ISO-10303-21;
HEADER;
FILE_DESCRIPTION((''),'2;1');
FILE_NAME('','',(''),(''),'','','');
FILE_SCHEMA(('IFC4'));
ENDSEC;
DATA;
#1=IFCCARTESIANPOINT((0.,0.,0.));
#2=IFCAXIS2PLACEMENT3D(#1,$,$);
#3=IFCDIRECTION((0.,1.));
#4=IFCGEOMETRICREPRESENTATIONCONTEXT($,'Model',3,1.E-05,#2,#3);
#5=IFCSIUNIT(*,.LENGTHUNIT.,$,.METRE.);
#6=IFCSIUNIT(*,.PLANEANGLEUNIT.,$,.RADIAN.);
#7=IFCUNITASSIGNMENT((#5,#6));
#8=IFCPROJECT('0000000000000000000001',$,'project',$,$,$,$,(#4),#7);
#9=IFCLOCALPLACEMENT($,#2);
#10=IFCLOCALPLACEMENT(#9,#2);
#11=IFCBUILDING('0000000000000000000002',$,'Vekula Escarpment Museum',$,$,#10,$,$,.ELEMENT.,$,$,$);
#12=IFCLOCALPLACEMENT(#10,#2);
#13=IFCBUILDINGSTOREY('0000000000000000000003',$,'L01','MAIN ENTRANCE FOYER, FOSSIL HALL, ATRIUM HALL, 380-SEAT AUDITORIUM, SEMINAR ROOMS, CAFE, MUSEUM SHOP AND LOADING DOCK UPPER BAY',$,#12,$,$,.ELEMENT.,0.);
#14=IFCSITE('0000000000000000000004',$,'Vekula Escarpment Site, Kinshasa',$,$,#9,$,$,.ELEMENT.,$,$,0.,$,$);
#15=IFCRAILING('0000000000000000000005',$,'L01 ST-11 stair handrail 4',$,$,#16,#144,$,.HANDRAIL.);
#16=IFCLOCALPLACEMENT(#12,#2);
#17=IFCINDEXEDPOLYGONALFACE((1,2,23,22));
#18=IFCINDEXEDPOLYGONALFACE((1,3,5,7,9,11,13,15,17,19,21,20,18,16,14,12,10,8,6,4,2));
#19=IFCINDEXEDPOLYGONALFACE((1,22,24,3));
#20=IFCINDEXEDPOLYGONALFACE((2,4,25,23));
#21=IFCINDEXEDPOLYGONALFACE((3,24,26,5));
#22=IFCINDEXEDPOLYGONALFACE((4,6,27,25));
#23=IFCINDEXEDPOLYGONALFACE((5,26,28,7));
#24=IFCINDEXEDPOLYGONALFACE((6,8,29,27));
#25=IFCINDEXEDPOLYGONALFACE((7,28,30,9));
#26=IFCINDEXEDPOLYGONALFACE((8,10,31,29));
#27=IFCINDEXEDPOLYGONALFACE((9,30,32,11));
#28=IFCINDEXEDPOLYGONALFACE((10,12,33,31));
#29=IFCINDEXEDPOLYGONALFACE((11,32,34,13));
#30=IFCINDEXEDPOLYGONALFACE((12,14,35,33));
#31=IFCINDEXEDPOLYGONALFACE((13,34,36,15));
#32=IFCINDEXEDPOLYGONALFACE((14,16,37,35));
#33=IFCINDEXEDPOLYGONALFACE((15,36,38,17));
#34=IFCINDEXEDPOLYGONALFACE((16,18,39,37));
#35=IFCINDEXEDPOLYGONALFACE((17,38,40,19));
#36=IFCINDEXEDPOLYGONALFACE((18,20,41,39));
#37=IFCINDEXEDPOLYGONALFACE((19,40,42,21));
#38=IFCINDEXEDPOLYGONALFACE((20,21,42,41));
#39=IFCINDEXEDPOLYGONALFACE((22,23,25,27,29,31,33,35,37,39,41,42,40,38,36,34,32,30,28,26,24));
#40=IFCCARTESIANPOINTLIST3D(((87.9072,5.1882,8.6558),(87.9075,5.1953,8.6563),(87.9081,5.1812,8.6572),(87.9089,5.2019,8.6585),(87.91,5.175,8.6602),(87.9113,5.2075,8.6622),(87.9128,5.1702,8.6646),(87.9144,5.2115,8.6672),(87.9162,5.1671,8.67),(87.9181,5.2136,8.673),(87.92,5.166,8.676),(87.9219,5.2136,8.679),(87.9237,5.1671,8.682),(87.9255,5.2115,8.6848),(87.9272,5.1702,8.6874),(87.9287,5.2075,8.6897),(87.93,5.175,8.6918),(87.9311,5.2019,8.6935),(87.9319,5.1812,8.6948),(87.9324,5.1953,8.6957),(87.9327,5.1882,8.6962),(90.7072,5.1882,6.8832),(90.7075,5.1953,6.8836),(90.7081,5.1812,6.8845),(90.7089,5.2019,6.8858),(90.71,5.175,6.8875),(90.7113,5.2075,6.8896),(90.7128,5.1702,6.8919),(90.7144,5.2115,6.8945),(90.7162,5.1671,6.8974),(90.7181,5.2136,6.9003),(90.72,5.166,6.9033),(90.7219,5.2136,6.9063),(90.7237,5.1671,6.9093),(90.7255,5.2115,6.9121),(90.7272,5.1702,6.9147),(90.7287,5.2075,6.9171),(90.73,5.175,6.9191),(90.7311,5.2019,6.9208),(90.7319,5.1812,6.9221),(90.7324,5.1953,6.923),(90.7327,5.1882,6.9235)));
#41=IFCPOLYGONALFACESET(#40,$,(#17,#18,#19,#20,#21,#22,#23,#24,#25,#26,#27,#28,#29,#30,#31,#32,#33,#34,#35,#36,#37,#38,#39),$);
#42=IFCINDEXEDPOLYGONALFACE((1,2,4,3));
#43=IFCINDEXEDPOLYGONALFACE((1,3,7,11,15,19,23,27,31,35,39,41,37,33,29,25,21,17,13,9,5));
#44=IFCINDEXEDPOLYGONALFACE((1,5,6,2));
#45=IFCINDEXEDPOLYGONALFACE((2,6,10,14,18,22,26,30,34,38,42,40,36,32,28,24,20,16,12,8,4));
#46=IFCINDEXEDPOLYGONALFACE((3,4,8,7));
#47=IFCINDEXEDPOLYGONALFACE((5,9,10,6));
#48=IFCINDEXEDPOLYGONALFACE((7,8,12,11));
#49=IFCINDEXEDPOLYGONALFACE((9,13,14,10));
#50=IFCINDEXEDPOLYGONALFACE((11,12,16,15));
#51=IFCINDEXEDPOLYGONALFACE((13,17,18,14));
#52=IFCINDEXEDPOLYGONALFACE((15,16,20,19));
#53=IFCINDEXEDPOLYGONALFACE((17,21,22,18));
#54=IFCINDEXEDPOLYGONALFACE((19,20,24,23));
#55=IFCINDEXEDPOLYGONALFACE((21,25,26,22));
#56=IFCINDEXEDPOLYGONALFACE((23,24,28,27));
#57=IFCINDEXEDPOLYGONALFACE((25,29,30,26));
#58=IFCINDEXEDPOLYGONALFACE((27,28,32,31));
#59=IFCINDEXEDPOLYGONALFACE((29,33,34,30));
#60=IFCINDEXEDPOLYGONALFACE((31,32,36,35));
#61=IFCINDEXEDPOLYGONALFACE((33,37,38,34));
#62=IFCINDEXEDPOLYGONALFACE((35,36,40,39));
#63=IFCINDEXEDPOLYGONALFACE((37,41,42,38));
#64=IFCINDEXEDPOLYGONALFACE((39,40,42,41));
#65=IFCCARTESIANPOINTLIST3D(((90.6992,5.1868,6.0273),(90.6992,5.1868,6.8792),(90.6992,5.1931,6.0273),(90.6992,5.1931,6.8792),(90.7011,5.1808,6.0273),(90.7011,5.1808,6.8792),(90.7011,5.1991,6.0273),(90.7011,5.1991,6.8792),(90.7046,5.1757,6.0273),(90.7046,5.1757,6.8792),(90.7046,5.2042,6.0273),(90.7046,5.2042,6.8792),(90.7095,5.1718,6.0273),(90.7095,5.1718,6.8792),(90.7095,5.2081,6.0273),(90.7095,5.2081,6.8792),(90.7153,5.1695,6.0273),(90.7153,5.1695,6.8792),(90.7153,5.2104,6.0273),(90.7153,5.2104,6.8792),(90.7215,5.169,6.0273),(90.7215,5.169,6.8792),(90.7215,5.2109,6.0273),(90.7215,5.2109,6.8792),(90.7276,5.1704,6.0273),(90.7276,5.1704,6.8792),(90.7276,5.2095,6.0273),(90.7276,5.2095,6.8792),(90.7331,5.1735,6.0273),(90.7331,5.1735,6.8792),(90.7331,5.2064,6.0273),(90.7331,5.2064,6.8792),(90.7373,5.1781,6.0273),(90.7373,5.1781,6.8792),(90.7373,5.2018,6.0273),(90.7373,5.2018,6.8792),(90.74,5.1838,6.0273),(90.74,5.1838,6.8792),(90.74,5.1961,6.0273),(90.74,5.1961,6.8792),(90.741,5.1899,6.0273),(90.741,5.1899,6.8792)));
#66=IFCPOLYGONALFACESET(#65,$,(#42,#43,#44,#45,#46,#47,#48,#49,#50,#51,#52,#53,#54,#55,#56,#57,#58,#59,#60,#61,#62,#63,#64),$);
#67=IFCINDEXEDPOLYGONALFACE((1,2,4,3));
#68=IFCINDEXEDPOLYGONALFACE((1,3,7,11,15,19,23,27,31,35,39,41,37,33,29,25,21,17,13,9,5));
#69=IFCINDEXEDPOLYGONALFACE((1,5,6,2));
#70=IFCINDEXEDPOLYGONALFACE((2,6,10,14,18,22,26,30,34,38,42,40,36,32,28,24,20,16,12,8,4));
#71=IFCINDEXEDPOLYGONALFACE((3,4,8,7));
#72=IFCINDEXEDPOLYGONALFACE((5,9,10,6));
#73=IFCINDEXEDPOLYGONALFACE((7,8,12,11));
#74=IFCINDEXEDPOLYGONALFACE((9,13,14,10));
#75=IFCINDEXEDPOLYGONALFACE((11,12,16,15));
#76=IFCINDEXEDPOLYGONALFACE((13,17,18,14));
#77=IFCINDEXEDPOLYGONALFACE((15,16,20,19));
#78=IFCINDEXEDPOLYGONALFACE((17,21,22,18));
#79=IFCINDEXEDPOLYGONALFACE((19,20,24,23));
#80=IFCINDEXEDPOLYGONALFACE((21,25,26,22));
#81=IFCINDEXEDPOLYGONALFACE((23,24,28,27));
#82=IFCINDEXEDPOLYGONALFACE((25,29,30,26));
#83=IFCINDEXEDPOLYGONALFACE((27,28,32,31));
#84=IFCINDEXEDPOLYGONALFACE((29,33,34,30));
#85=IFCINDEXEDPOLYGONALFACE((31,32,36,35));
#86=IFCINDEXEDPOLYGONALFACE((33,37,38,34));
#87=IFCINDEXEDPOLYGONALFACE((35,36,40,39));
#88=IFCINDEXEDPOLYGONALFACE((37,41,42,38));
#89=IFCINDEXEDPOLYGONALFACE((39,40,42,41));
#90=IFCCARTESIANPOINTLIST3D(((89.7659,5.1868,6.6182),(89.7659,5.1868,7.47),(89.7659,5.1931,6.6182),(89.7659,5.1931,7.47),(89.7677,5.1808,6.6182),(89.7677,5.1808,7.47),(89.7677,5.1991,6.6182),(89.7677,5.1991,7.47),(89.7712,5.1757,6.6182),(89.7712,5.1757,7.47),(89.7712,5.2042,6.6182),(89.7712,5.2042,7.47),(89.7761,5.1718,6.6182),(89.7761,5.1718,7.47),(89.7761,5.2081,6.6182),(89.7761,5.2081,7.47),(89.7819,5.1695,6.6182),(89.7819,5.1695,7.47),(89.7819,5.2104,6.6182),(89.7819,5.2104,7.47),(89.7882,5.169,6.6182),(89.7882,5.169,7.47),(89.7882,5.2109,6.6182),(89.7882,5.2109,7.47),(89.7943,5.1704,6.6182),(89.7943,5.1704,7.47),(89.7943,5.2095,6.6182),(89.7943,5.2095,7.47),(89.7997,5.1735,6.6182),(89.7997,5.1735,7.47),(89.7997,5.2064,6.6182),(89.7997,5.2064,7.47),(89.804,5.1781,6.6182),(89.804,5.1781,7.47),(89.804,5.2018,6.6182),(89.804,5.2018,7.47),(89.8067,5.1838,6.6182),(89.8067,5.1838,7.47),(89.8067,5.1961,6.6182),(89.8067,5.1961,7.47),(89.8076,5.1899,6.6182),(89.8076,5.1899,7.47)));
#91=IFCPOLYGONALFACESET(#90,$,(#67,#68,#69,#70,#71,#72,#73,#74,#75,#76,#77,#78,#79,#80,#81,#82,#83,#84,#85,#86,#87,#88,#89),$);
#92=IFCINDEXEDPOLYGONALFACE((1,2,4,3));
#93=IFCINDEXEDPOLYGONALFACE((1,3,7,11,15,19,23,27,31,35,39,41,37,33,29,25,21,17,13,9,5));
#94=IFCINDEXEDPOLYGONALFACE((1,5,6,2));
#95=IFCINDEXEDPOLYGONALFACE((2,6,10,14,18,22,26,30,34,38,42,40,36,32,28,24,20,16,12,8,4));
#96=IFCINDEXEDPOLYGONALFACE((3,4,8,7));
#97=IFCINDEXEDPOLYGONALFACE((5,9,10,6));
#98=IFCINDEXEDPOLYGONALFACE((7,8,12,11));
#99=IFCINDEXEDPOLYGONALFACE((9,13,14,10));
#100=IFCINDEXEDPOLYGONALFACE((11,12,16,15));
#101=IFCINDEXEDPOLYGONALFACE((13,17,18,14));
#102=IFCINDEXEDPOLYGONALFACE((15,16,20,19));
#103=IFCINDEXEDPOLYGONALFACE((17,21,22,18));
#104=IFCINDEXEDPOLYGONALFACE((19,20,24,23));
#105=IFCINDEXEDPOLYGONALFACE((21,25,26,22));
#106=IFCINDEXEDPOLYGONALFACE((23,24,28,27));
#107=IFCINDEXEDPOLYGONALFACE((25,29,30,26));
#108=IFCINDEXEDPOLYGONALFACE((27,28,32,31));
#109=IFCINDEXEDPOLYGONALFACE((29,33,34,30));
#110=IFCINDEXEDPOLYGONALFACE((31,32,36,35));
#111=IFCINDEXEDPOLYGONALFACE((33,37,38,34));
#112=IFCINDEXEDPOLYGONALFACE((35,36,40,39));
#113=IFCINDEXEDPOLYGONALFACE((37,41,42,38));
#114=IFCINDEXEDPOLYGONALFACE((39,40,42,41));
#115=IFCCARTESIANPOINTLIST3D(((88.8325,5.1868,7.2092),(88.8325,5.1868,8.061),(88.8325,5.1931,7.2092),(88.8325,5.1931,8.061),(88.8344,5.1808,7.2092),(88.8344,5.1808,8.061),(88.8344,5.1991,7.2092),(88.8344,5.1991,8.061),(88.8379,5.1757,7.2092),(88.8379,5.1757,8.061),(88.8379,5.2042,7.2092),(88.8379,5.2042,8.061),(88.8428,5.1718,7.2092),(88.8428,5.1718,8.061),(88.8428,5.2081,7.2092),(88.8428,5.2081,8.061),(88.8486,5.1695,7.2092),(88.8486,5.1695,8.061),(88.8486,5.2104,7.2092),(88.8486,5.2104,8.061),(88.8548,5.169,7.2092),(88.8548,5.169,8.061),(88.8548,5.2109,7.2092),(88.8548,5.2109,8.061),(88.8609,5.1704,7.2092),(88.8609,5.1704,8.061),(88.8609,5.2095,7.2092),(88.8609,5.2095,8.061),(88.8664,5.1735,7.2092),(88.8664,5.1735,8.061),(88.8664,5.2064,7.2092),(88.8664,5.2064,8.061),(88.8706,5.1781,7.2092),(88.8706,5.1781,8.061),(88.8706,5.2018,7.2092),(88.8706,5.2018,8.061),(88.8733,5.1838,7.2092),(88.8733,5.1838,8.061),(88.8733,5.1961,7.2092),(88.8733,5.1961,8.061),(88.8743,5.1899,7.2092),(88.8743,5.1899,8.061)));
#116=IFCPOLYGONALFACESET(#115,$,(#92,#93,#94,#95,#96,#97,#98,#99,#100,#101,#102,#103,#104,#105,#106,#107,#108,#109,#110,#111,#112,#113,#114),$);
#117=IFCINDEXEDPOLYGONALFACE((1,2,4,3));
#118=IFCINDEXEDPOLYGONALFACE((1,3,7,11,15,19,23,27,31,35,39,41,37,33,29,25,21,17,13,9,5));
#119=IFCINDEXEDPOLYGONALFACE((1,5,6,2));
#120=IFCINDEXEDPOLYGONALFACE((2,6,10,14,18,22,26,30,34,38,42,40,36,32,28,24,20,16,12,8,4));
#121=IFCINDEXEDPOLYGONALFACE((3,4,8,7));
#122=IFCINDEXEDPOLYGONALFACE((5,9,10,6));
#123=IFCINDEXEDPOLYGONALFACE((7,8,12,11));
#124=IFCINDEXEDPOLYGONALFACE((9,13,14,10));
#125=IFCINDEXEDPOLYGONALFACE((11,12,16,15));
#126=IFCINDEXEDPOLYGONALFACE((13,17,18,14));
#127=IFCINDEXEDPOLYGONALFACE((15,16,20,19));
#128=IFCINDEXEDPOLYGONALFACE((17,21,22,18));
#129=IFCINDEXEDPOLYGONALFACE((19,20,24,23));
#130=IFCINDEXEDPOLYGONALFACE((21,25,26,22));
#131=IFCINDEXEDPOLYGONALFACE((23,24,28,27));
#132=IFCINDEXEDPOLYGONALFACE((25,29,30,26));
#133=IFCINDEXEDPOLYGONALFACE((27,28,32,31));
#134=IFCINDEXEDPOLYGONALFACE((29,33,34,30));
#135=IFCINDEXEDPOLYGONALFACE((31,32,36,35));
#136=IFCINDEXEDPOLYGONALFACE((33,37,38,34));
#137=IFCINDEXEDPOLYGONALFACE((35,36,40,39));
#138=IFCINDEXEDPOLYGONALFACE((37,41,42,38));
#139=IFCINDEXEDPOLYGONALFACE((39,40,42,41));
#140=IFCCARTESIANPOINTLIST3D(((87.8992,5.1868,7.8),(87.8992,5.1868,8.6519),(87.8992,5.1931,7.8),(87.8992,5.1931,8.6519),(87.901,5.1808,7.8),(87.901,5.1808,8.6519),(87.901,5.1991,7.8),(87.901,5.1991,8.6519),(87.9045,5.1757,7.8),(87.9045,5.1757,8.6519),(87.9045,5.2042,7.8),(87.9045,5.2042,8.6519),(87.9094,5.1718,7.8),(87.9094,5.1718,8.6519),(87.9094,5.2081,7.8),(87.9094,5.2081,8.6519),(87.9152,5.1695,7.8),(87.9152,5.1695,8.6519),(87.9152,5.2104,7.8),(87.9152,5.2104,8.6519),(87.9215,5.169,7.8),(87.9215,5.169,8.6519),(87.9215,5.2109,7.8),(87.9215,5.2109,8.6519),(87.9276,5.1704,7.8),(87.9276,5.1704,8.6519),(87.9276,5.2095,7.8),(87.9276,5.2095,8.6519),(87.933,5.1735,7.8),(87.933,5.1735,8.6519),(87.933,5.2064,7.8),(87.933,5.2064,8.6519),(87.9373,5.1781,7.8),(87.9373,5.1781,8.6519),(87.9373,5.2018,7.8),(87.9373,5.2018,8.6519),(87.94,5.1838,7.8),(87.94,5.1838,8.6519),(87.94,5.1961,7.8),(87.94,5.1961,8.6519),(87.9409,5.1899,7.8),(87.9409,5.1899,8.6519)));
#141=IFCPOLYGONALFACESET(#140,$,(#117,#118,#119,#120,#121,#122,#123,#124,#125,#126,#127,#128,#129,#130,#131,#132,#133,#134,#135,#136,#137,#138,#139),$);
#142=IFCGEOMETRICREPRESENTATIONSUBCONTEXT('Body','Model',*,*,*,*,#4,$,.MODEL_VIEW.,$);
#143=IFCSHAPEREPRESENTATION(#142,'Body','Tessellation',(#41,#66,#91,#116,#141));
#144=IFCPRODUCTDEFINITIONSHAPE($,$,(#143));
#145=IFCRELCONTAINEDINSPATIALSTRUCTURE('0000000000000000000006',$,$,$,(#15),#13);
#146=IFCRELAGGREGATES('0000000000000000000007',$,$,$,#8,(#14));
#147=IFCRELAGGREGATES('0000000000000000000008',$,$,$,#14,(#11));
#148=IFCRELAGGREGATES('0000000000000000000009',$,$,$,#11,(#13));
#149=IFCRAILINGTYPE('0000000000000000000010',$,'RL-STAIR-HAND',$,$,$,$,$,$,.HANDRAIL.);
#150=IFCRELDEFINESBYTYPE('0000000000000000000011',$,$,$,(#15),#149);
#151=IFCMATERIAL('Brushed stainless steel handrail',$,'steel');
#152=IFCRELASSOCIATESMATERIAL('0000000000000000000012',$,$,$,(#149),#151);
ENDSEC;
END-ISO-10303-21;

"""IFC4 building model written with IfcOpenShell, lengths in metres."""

from ifc_helpers import new_model, si_unit, direction, frame, origin, origin_2d, place, context, subcontext, project, spatial, circle, extrude, material, type_object, element, save


model = new_model("IFC4")

# Units and contexts
model_context = context("Model", 3, precision=1e-05, world=origin(), true_north=direction((0.0, 1.0)))
body_context = subcontext(model_context, "Body", "Model", "MODEL_VIEW")
ifc_project = project(units=[si_unit("LENGTHUNIT", "METRE"), si_unit("PLANEANGLEUNIT", "RADIAN")], contexts=[model_context])

# Site, building, storey
site_placement = place(None, origin())
site = spatial("IfcSite", under=ifc_project, at=site_placement, Name="Vekula Escarpment Site, Kinshasa", CompositionType="ELEMENT", RefElevation=0.0)
building_placement = place(site_placement, origin())
building = spatial("IfcBuilding", under=site, at=building_placement, Name="Vekula Escarpment Museum", CompositionType="ELEMENT")
storey_placement = place(building_placement, origin())
storey = spatial("IfcBuildingStorey", under=building, at=storey_placement, Name="L01", Description="MAIN ENTRANCE FOYER, FOSSIL HALL, ATRIUM HALL, 380-SEAT AUDITORIUM, SEMINAR ROOMS, CAFE, MUSEUM SHOP AND LOADING DOCK UPPER BAY", CompositionType="ELEMENT", Elevation=0.0)

# Railing
ifc_material_1 = material(Name="Brushed stainless steel handrail", Category="steel")
railing_type_1 = type_object("IfcRailingType", Name="RL-STAIR-HAND", PredefinedType="HANDRAIL", material=ifc_material_1)
railing_1_placement = place(storey_placement, frame((90.72, 5.1899, 6.0273)))
element("IfcRailing", 1, at=railing_1_placement, inside=storey, type_object=railing_type_1, Name="L01 ST-11 stair handrail 4", PredefinedType="HANDRAIL", context=body_context, shape_type="SweptSolid", body=[
    extrude(circle(Radius=0.0239, at=origin_2d()), frame((0.0, 0.0, 0.876), z_axis=(-0.844909, 0.0, 0.53491), x_axis=(0.0, -1.0, 0.0)), (0.0, 0.0, 1.0), 3.314),
    extrude(circle(Radius=0.021, at=origin_2d()), origin(), (0.0, 0.0, 1.0), 0.8518),
    extrude(circle(Radius=0.021, at=origin_2d()), frame((-0.9333, 0.0, 0.5908)), (0.0, 0.0, 1.0), 0.8518),
    extrude(circle(Radius=0.021, at=origin_2d()), frame((-1.8667, 0.0, 1.1819)), (0.0, 0.0, 1.0), 0.8518),
    extrude(circle(Radius=0.021, at=origin_2d()), frame((-2.8, 0.0, 1.7727)), (0.0, 0.0, 1.0), 0.8518),
])

save(model, "model.ifc")
